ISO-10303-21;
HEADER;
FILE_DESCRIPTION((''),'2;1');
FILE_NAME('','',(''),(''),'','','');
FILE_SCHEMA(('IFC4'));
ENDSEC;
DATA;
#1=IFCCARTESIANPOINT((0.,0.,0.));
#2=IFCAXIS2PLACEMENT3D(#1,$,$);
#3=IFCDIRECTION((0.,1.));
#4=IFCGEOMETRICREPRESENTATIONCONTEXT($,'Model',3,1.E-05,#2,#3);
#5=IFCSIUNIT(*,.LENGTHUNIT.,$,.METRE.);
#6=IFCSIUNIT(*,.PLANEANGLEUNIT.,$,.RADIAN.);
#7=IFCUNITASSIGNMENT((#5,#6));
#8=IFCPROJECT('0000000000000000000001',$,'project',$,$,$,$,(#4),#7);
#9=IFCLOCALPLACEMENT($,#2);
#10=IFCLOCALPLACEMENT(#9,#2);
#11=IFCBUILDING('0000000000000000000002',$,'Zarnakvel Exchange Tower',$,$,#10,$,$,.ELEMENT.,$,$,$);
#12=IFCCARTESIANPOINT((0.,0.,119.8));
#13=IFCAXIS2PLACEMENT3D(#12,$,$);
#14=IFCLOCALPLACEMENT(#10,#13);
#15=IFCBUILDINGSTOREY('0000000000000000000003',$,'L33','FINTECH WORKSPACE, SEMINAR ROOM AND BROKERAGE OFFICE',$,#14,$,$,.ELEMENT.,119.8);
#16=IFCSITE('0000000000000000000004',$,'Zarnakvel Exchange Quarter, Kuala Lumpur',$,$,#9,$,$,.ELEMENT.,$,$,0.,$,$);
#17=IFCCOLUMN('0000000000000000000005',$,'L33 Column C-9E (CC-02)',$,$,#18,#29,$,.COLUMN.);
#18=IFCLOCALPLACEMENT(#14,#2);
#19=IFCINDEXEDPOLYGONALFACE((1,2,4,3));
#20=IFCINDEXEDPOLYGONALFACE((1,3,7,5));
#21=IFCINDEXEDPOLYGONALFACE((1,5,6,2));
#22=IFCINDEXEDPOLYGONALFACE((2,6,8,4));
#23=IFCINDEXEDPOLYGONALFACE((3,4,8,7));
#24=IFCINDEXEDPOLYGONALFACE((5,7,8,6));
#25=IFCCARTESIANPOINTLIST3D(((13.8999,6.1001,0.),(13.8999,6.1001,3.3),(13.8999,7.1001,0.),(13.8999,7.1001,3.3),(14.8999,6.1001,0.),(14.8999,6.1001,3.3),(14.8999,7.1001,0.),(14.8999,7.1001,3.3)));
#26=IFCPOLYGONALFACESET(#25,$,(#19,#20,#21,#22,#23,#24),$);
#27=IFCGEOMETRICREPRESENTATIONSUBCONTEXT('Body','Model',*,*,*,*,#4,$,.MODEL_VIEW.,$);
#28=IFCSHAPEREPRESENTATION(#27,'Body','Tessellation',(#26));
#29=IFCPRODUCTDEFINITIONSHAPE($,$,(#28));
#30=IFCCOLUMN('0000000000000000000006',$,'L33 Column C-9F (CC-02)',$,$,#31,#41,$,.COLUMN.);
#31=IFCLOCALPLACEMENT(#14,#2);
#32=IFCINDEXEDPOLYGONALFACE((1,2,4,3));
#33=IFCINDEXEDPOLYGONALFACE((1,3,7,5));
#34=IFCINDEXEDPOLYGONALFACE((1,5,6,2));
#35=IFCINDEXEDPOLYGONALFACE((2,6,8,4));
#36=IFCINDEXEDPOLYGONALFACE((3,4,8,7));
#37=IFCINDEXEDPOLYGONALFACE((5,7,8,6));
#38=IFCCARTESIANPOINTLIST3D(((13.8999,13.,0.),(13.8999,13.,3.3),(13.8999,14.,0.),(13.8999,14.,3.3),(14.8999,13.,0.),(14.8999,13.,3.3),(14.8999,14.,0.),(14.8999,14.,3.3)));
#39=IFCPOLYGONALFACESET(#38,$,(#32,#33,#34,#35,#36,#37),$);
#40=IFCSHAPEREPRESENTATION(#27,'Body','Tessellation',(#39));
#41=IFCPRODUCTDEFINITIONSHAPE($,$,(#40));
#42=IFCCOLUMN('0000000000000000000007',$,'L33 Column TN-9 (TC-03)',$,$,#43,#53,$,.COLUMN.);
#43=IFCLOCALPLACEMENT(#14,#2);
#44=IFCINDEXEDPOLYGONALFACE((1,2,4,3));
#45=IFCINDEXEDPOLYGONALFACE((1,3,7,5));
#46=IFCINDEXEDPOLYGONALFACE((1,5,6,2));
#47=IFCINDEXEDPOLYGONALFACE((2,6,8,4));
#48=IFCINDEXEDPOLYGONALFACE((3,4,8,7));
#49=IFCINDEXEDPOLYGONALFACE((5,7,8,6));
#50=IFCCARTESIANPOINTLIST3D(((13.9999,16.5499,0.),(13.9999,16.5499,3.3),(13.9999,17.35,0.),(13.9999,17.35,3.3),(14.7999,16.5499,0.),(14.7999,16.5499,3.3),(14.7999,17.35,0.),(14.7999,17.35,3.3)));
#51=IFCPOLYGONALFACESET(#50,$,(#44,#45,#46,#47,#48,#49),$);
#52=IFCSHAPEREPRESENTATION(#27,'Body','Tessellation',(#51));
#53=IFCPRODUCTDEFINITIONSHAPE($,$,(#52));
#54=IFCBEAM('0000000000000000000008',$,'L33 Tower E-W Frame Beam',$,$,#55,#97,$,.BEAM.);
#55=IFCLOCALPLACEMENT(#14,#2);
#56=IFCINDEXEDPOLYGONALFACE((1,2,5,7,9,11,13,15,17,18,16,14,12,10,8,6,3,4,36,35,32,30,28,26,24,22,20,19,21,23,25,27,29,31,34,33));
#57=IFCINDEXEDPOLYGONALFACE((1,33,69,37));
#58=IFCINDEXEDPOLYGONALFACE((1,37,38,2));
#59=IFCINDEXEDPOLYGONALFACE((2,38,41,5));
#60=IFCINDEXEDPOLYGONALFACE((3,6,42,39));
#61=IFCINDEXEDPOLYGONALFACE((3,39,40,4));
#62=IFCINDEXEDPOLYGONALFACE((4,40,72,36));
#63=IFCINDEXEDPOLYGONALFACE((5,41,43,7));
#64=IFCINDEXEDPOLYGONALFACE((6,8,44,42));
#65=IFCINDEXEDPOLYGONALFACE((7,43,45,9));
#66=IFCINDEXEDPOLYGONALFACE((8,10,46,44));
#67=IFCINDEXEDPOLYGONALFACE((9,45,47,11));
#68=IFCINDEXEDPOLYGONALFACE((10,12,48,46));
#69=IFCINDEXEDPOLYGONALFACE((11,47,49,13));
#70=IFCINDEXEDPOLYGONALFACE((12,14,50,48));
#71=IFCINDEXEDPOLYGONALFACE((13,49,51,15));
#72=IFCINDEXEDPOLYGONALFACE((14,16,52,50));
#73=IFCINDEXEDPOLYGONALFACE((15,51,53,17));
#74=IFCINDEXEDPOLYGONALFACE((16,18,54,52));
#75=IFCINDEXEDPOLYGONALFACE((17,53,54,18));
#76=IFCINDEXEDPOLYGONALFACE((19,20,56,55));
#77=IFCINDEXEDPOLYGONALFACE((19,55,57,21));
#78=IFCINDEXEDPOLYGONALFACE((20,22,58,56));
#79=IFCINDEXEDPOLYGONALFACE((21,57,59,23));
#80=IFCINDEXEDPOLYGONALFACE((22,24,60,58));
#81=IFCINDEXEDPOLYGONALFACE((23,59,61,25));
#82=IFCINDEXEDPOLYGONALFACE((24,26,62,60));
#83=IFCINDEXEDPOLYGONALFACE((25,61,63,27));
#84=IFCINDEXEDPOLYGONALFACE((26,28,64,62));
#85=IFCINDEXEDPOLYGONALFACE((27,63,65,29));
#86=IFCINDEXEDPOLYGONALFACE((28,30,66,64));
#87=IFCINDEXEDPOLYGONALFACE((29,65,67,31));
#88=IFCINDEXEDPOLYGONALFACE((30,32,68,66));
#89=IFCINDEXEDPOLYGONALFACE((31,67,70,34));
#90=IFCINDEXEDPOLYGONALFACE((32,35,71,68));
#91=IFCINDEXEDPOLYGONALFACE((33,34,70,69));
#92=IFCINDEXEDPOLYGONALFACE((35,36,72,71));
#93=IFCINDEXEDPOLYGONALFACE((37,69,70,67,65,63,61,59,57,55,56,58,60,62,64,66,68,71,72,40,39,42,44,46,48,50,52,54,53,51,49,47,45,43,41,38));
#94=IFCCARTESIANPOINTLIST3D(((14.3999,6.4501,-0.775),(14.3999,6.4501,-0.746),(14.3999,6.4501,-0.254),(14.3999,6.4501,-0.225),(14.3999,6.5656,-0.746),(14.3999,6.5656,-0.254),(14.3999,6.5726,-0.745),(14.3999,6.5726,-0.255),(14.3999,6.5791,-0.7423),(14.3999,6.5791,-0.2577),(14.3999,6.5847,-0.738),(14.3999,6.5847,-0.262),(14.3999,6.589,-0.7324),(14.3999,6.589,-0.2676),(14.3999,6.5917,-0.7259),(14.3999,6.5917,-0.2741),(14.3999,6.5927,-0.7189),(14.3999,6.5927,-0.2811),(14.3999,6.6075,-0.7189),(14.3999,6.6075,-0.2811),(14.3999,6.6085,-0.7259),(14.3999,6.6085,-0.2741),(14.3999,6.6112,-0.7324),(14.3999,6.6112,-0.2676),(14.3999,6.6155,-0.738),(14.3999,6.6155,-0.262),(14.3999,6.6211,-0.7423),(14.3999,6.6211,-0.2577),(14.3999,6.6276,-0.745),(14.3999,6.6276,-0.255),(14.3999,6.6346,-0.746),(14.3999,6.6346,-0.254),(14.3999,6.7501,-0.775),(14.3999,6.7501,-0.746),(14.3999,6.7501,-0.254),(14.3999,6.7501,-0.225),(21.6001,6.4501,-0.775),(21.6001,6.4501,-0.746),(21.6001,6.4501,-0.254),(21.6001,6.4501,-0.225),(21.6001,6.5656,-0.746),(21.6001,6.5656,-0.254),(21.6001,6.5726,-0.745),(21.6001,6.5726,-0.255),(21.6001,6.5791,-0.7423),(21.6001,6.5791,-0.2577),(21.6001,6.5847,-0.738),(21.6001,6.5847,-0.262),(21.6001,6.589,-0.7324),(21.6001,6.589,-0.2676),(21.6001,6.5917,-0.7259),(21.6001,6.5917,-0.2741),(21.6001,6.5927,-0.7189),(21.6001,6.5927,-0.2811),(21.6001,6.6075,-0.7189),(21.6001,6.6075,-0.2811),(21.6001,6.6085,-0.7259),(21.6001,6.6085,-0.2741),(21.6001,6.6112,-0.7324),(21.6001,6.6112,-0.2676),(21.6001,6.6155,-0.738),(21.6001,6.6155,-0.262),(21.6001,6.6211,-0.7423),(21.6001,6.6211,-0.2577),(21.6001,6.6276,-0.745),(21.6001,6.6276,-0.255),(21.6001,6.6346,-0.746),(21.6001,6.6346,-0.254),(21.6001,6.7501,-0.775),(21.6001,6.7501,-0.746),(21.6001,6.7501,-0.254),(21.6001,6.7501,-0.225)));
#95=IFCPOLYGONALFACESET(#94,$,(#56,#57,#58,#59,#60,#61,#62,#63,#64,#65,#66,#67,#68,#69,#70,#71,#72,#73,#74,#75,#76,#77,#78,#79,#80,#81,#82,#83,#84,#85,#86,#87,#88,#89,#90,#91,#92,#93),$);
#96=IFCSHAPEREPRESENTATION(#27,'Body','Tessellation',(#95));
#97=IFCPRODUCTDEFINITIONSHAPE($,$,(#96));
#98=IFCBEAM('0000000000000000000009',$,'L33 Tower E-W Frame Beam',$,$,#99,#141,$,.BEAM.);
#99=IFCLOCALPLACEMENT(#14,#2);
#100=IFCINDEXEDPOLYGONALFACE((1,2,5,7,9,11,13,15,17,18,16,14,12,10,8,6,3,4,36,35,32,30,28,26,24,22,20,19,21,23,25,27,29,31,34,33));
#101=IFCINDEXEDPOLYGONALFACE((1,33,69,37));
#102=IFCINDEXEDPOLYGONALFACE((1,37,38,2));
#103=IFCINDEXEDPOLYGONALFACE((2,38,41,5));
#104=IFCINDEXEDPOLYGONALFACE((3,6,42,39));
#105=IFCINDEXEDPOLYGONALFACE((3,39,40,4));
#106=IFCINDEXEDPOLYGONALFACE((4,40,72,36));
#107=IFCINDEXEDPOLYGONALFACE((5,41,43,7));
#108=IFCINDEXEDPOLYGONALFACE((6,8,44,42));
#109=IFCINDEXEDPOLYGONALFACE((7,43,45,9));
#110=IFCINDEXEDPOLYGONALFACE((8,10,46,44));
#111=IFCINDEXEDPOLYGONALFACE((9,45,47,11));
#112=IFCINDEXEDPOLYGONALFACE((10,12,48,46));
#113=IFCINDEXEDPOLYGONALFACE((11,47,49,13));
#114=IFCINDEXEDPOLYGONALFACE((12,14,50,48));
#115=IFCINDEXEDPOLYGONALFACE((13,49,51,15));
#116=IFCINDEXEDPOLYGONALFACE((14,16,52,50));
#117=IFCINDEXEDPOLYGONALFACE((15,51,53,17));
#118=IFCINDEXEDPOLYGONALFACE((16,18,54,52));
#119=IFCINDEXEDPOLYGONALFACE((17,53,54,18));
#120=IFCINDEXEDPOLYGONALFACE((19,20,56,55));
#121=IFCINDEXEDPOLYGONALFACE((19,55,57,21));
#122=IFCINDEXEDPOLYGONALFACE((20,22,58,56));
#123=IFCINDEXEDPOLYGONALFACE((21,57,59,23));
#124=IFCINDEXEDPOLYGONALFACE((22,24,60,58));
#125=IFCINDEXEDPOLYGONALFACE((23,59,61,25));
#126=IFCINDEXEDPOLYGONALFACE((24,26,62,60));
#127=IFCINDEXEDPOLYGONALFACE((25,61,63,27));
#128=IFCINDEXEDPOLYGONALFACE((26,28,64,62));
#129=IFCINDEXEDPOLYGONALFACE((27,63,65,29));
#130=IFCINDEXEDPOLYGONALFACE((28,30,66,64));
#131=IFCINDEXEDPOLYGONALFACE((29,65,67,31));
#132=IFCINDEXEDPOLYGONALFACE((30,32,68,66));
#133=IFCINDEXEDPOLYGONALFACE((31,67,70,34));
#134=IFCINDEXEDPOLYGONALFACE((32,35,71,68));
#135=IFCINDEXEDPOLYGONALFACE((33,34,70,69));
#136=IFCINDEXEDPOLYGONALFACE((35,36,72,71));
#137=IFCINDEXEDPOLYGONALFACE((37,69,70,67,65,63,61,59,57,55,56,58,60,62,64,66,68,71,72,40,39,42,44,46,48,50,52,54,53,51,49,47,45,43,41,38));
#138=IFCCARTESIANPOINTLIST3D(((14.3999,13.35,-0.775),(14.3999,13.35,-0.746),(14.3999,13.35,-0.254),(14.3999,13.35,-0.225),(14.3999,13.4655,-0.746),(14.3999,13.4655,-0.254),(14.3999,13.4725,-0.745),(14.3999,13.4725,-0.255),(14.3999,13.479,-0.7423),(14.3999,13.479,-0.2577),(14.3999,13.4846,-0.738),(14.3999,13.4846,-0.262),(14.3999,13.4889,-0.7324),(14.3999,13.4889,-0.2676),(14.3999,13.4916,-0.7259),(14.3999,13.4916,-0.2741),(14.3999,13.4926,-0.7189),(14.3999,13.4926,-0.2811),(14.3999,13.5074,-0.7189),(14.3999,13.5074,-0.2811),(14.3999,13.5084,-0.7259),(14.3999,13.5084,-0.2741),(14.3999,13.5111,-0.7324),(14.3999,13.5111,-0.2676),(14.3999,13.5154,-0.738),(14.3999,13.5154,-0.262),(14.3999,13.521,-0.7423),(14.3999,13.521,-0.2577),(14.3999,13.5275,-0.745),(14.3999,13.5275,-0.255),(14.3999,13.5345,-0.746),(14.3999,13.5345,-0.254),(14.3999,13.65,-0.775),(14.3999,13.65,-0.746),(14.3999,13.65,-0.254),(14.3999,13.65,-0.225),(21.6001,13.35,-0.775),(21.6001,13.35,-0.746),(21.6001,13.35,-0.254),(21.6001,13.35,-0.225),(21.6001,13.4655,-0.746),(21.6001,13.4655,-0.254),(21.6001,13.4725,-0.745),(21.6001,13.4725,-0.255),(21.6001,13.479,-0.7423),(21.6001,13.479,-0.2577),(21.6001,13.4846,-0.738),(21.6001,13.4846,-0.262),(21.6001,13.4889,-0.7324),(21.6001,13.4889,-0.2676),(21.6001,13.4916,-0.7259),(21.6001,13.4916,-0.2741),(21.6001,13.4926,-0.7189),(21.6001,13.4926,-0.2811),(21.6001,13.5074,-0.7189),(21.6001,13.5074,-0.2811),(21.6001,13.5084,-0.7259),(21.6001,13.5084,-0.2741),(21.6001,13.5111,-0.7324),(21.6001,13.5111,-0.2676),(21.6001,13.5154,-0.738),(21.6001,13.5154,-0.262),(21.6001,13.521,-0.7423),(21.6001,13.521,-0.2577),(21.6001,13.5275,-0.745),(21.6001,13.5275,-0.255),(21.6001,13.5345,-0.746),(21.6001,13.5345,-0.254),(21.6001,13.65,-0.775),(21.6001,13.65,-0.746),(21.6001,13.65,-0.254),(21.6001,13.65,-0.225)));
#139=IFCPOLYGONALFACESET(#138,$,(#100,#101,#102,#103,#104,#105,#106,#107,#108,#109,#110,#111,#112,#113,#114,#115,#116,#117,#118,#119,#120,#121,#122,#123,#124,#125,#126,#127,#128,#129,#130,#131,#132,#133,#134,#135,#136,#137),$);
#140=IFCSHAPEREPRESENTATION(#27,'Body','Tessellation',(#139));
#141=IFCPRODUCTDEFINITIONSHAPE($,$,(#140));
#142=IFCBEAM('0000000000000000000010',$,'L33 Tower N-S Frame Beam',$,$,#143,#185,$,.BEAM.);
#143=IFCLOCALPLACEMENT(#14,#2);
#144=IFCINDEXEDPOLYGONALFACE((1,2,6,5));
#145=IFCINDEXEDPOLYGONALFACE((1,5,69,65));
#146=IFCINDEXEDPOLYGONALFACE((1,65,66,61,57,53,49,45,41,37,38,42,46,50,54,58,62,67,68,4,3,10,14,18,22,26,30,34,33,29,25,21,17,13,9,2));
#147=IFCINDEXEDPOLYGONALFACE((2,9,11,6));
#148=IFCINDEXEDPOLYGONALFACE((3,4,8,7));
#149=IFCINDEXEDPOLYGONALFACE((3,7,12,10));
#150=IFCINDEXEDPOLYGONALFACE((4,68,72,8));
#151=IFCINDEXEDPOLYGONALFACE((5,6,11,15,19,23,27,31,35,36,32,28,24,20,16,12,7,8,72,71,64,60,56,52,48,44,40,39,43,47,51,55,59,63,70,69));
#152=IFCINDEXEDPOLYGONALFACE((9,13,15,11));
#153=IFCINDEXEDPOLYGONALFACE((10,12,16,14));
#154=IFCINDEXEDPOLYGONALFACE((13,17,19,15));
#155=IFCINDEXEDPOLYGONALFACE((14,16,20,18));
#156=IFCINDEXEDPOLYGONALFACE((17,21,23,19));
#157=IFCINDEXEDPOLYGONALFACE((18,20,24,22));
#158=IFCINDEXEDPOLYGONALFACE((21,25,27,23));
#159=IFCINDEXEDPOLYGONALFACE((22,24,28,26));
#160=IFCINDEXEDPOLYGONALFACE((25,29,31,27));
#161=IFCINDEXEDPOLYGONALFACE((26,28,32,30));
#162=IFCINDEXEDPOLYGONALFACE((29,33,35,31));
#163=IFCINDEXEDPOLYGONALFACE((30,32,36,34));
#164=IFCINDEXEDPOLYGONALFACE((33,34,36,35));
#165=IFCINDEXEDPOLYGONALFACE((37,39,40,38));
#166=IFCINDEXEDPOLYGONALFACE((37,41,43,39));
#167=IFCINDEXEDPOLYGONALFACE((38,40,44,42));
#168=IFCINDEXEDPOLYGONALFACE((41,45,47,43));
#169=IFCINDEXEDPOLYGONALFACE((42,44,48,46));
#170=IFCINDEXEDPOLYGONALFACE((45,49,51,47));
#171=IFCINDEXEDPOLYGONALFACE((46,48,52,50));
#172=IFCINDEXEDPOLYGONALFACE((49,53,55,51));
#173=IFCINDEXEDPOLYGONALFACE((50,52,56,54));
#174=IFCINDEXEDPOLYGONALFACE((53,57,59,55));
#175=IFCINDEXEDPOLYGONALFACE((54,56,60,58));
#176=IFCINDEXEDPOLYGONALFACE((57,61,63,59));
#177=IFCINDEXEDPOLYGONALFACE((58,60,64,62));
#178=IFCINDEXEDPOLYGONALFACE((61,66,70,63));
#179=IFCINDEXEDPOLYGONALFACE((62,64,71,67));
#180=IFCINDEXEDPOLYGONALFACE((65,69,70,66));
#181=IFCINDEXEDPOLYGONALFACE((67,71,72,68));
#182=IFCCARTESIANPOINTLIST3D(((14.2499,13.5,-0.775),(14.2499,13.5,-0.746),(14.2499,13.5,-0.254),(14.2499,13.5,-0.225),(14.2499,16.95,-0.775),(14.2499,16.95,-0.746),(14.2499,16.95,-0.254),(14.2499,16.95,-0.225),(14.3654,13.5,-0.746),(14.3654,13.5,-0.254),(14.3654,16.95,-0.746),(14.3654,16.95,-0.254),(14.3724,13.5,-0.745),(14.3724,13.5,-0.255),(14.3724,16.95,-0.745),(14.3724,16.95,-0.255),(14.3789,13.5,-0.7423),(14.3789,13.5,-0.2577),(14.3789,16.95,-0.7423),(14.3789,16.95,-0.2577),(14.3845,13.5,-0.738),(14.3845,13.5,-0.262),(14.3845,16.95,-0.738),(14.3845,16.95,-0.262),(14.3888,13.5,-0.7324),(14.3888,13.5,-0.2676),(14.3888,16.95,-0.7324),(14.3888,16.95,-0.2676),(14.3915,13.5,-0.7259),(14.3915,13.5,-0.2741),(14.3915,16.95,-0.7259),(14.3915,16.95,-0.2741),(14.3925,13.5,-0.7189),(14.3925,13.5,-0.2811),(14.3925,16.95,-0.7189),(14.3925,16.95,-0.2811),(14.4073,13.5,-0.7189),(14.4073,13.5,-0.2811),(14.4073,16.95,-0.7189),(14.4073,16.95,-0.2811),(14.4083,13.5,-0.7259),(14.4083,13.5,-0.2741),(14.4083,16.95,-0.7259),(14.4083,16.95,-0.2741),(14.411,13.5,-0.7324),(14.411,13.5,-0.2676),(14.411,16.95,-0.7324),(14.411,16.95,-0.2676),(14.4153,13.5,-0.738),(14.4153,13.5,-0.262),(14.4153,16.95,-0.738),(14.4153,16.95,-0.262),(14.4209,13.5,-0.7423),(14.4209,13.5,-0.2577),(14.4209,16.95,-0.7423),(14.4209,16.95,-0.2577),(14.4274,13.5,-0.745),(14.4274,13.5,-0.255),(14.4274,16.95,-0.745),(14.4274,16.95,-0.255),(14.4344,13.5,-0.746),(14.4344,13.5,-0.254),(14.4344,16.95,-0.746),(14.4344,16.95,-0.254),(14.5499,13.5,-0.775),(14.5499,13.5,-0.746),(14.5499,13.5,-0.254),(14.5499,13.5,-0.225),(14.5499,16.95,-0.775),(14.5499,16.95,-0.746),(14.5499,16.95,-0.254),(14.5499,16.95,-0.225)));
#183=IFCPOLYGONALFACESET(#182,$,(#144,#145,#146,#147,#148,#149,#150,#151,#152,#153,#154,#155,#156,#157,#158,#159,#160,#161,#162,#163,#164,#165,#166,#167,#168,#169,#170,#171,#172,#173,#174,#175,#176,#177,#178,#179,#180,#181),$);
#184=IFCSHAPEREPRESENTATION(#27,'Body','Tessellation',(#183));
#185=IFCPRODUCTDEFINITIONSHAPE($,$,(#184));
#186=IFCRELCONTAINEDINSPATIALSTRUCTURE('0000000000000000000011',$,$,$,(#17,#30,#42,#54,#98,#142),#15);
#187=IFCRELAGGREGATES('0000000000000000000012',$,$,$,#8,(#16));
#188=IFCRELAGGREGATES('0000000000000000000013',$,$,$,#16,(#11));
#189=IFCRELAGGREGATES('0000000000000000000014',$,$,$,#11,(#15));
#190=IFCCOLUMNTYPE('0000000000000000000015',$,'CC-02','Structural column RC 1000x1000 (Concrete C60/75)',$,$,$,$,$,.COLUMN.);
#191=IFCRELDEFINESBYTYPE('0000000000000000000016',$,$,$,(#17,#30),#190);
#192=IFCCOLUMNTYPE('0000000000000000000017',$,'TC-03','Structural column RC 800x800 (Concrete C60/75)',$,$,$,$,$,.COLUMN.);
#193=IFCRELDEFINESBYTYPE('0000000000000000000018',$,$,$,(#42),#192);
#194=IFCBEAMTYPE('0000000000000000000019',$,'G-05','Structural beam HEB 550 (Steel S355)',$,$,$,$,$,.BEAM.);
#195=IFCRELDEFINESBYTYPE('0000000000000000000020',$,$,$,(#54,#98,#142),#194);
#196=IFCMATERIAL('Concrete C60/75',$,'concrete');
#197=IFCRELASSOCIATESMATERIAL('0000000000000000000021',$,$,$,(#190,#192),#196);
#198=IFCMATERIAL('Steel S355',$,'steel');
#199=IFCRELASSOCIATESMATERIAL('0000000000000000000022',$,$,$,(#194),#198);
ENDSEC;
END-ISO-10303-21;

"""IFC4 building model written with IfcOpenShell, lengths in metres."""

from ifc_helpers import new_model, si_unit, direction, frame, origin, origin_2d, place, context, subcontext, project, spatial, rectangle, i_section, extrude, material, material_profile, profile_set, type_object, element, save


model = new_model("IFC4")

# Units and contexts
model_context = context("Model", 3, precision=1e-05, world=origin(), true_north=direction((0.0, 1.0)))
body_context = subcontext(model_context, "Body", "Model", "MODEL_VIEW")
ifc_project = project(units=[si_unit("LENGTHUNIT", "METRE"), si_unit("PLANEANGLEUNIT", "RADIAN")], contexts=[model_context])

# Site, building, storey
site_placement = place(None, origin())
site = spatial("IfcSite", under=ifc_project, at=site_placement, Name="Zarnakvel Exchange Quarter, Kuala Lumpur", CompositionType="ELEMENT", RefElevation=0.0)
building_placement = place(site_placement, origin())
building = spatial("IfcBuilding", under=site, at=building_placement, Name="Zarnakvel Exchange Tower", CompositionType="ELEMENT")
storey_placement = place(building_placement, frame((0.0, 0.0, 119.8)))
storey = spatial("IfcBuildingStorey", under=building, at=storey_placement, Name="L33", Description="FINTECH WORKSPACE, SEMINAR ROOM AND BROKERAGE OFFICE", CompositionType="ELEMENT", Elevation=119.8)

# Columns
ifc_material_1 = material(Name="Concrete C60/75", Category="concrete")
ifc_material_profile_1 = material_profile(ifc_material_1, rectangle(XDim=1.0, YDim=1.0, at=origin_2d()))
ifc_profile_set_1 = profile_set([ifc_material_profile_1], Name="Concrete C60/75")
column_type_1 = type_object("IfcColumnType", Name="CC-02", Description="Structural column RC 1000x1000 (Concrete C60/75)", PredefinedType="COLUMN", material=ifc_profile_set_1)
for number, where, z_axis, x_axis, name in (
    (1, (14.3999, 6.6001, 0.0), (0.0, 0.0, 1.0), (1.0, 0.0, 0.0), "L33 Column C-9E (CC-02)"),
    (2, (14.3999, 13.5, 0.0), (0.0, 0.0, 1.0), (1.0, 0.0, 0.0), "L33 Column C-9F (CC-02)"),
):
    element("IfcColumn", number, at=place(storey_placement, frame(where, z_axis=z_axis, x_axis=x_axis)), inside=storey, type_object=column_type_1, Name=name, PredefinedType="COLUMN", context=body_context, shape_type="SweptSolid", body=[
        extrude(rectangle(XDim=1.0, YDim=1.0, at=origin_2d()), origin(), (0.0, 0.0, 1.0), 3.3),
    ])
ifc_material_profile_2 = material_profile(ifc_material_1, rectangle(XDim=0.8, YDim=0.8, at=origin_2d()))
ifc_profile_set_2 = profile_set([ifc_material_profile_2], Name="Concrete C60/75")
column_type_2 = type_object("IfcColumnType", Name="TC-03", Description="Structural column RC 800x800 (Concrete C60/75)", PredefinedType="COLUMN", material=ifc_profile_set_2)
column_placement = place(storey_placement, frame((14.3999, 16.95, 0.0), z_axis=(0.0, 0.0, 1.0), x_axis=(1.0, 0.0, 0.0)))
element("IfcColumn", 3, at=column_placement, inside=storey, type_object=column_type_2, Name="L33 Column TN-9 (TC-03)", PredefinedType="COLUMN", context=body_context, shape_type="SweptSolid", body=[
    extrude(rectangle(XDim=0.8, YDim=0.8, at=origin_2d()), origin(), (0.0, 0.0, 1.0), 3.3),
])

# Beams
ifc_material_2 = material(Name="Steel S355", Category="steel")
ifc_material_profile_3 = material_profile(ifc_material_2, i_section(OverallWidth=0.3, OverallDepth=0.55, WebThickness=0.0149, FlangeThickness=0.0291, FilletRadius=0.0271, at=origin_2d()))
ifc_profile_set_3 = profile_set([ifc_material_profile_3], Name="Steel S355")
beam_type_1 = type_object("IfcBeamType", Name="G-05", Description="Structural beam HEB 550 (Steel S355)", PredefinedType="BEAM", material=ifc_profile_set_3)
for number, where, z_axis, x_axis, name in (
    (4, (14.3999, 6.6001, -0.5), (1.0, 0.0, 0.0), (0.0, 1.0, 0.0), "L33 Tower E-W Frame Beam"),
    (5, (14.3999, 13.5, -0.5), (1.0, 0.0, 0.0), (0.0, 1.0, 0.0), "L33 Tower E-W Frame Beam"),
):
    element("IfcBeam", number, at=place(storey_placement, frame(where, z_axis=z_axis, x_axis=x_axis)), inside=storey, type_object=beam_type_1, Name=name, PredefinedType="BEAM", context=body_context, shape_type="SweptSolid", body=[
        extrude(i_section(OverallWidth=0.3, OverallDepth=0.55, WebThickness=0.0149, FlangeThickness=0.0291, FilletRadius=0.0271, at=origin_2d()), origin(), (0.0, 0.0, 1.0), 7.2002),
    ])
beam_1_placement = place(storey_placement, frame((14.3999, 13.5, -0.5), z_axis=(0.0, 1.0, 0.0), x_axis=(-1.0, 0.0, 0.0)))
element("IfcBeam", 6, at=beam_1_placement, inside=storey, type_object=beam_type_1, Name="L33 Tower N-S Frame Beam", PredefinedType="BEAM", context=body_context, shape_type="SweptSolid", body=[
    extrude(i_section(OverallWidth=0.3, OverallDepth=0.55, WebThickness=0.0149, FlangeThickness=0.0291, FilletRadius=0.0271, at=origin_2d()), origin(), (0.0, 0.0, 1.0), 3.45),
])

save(model, "model.ifc")
